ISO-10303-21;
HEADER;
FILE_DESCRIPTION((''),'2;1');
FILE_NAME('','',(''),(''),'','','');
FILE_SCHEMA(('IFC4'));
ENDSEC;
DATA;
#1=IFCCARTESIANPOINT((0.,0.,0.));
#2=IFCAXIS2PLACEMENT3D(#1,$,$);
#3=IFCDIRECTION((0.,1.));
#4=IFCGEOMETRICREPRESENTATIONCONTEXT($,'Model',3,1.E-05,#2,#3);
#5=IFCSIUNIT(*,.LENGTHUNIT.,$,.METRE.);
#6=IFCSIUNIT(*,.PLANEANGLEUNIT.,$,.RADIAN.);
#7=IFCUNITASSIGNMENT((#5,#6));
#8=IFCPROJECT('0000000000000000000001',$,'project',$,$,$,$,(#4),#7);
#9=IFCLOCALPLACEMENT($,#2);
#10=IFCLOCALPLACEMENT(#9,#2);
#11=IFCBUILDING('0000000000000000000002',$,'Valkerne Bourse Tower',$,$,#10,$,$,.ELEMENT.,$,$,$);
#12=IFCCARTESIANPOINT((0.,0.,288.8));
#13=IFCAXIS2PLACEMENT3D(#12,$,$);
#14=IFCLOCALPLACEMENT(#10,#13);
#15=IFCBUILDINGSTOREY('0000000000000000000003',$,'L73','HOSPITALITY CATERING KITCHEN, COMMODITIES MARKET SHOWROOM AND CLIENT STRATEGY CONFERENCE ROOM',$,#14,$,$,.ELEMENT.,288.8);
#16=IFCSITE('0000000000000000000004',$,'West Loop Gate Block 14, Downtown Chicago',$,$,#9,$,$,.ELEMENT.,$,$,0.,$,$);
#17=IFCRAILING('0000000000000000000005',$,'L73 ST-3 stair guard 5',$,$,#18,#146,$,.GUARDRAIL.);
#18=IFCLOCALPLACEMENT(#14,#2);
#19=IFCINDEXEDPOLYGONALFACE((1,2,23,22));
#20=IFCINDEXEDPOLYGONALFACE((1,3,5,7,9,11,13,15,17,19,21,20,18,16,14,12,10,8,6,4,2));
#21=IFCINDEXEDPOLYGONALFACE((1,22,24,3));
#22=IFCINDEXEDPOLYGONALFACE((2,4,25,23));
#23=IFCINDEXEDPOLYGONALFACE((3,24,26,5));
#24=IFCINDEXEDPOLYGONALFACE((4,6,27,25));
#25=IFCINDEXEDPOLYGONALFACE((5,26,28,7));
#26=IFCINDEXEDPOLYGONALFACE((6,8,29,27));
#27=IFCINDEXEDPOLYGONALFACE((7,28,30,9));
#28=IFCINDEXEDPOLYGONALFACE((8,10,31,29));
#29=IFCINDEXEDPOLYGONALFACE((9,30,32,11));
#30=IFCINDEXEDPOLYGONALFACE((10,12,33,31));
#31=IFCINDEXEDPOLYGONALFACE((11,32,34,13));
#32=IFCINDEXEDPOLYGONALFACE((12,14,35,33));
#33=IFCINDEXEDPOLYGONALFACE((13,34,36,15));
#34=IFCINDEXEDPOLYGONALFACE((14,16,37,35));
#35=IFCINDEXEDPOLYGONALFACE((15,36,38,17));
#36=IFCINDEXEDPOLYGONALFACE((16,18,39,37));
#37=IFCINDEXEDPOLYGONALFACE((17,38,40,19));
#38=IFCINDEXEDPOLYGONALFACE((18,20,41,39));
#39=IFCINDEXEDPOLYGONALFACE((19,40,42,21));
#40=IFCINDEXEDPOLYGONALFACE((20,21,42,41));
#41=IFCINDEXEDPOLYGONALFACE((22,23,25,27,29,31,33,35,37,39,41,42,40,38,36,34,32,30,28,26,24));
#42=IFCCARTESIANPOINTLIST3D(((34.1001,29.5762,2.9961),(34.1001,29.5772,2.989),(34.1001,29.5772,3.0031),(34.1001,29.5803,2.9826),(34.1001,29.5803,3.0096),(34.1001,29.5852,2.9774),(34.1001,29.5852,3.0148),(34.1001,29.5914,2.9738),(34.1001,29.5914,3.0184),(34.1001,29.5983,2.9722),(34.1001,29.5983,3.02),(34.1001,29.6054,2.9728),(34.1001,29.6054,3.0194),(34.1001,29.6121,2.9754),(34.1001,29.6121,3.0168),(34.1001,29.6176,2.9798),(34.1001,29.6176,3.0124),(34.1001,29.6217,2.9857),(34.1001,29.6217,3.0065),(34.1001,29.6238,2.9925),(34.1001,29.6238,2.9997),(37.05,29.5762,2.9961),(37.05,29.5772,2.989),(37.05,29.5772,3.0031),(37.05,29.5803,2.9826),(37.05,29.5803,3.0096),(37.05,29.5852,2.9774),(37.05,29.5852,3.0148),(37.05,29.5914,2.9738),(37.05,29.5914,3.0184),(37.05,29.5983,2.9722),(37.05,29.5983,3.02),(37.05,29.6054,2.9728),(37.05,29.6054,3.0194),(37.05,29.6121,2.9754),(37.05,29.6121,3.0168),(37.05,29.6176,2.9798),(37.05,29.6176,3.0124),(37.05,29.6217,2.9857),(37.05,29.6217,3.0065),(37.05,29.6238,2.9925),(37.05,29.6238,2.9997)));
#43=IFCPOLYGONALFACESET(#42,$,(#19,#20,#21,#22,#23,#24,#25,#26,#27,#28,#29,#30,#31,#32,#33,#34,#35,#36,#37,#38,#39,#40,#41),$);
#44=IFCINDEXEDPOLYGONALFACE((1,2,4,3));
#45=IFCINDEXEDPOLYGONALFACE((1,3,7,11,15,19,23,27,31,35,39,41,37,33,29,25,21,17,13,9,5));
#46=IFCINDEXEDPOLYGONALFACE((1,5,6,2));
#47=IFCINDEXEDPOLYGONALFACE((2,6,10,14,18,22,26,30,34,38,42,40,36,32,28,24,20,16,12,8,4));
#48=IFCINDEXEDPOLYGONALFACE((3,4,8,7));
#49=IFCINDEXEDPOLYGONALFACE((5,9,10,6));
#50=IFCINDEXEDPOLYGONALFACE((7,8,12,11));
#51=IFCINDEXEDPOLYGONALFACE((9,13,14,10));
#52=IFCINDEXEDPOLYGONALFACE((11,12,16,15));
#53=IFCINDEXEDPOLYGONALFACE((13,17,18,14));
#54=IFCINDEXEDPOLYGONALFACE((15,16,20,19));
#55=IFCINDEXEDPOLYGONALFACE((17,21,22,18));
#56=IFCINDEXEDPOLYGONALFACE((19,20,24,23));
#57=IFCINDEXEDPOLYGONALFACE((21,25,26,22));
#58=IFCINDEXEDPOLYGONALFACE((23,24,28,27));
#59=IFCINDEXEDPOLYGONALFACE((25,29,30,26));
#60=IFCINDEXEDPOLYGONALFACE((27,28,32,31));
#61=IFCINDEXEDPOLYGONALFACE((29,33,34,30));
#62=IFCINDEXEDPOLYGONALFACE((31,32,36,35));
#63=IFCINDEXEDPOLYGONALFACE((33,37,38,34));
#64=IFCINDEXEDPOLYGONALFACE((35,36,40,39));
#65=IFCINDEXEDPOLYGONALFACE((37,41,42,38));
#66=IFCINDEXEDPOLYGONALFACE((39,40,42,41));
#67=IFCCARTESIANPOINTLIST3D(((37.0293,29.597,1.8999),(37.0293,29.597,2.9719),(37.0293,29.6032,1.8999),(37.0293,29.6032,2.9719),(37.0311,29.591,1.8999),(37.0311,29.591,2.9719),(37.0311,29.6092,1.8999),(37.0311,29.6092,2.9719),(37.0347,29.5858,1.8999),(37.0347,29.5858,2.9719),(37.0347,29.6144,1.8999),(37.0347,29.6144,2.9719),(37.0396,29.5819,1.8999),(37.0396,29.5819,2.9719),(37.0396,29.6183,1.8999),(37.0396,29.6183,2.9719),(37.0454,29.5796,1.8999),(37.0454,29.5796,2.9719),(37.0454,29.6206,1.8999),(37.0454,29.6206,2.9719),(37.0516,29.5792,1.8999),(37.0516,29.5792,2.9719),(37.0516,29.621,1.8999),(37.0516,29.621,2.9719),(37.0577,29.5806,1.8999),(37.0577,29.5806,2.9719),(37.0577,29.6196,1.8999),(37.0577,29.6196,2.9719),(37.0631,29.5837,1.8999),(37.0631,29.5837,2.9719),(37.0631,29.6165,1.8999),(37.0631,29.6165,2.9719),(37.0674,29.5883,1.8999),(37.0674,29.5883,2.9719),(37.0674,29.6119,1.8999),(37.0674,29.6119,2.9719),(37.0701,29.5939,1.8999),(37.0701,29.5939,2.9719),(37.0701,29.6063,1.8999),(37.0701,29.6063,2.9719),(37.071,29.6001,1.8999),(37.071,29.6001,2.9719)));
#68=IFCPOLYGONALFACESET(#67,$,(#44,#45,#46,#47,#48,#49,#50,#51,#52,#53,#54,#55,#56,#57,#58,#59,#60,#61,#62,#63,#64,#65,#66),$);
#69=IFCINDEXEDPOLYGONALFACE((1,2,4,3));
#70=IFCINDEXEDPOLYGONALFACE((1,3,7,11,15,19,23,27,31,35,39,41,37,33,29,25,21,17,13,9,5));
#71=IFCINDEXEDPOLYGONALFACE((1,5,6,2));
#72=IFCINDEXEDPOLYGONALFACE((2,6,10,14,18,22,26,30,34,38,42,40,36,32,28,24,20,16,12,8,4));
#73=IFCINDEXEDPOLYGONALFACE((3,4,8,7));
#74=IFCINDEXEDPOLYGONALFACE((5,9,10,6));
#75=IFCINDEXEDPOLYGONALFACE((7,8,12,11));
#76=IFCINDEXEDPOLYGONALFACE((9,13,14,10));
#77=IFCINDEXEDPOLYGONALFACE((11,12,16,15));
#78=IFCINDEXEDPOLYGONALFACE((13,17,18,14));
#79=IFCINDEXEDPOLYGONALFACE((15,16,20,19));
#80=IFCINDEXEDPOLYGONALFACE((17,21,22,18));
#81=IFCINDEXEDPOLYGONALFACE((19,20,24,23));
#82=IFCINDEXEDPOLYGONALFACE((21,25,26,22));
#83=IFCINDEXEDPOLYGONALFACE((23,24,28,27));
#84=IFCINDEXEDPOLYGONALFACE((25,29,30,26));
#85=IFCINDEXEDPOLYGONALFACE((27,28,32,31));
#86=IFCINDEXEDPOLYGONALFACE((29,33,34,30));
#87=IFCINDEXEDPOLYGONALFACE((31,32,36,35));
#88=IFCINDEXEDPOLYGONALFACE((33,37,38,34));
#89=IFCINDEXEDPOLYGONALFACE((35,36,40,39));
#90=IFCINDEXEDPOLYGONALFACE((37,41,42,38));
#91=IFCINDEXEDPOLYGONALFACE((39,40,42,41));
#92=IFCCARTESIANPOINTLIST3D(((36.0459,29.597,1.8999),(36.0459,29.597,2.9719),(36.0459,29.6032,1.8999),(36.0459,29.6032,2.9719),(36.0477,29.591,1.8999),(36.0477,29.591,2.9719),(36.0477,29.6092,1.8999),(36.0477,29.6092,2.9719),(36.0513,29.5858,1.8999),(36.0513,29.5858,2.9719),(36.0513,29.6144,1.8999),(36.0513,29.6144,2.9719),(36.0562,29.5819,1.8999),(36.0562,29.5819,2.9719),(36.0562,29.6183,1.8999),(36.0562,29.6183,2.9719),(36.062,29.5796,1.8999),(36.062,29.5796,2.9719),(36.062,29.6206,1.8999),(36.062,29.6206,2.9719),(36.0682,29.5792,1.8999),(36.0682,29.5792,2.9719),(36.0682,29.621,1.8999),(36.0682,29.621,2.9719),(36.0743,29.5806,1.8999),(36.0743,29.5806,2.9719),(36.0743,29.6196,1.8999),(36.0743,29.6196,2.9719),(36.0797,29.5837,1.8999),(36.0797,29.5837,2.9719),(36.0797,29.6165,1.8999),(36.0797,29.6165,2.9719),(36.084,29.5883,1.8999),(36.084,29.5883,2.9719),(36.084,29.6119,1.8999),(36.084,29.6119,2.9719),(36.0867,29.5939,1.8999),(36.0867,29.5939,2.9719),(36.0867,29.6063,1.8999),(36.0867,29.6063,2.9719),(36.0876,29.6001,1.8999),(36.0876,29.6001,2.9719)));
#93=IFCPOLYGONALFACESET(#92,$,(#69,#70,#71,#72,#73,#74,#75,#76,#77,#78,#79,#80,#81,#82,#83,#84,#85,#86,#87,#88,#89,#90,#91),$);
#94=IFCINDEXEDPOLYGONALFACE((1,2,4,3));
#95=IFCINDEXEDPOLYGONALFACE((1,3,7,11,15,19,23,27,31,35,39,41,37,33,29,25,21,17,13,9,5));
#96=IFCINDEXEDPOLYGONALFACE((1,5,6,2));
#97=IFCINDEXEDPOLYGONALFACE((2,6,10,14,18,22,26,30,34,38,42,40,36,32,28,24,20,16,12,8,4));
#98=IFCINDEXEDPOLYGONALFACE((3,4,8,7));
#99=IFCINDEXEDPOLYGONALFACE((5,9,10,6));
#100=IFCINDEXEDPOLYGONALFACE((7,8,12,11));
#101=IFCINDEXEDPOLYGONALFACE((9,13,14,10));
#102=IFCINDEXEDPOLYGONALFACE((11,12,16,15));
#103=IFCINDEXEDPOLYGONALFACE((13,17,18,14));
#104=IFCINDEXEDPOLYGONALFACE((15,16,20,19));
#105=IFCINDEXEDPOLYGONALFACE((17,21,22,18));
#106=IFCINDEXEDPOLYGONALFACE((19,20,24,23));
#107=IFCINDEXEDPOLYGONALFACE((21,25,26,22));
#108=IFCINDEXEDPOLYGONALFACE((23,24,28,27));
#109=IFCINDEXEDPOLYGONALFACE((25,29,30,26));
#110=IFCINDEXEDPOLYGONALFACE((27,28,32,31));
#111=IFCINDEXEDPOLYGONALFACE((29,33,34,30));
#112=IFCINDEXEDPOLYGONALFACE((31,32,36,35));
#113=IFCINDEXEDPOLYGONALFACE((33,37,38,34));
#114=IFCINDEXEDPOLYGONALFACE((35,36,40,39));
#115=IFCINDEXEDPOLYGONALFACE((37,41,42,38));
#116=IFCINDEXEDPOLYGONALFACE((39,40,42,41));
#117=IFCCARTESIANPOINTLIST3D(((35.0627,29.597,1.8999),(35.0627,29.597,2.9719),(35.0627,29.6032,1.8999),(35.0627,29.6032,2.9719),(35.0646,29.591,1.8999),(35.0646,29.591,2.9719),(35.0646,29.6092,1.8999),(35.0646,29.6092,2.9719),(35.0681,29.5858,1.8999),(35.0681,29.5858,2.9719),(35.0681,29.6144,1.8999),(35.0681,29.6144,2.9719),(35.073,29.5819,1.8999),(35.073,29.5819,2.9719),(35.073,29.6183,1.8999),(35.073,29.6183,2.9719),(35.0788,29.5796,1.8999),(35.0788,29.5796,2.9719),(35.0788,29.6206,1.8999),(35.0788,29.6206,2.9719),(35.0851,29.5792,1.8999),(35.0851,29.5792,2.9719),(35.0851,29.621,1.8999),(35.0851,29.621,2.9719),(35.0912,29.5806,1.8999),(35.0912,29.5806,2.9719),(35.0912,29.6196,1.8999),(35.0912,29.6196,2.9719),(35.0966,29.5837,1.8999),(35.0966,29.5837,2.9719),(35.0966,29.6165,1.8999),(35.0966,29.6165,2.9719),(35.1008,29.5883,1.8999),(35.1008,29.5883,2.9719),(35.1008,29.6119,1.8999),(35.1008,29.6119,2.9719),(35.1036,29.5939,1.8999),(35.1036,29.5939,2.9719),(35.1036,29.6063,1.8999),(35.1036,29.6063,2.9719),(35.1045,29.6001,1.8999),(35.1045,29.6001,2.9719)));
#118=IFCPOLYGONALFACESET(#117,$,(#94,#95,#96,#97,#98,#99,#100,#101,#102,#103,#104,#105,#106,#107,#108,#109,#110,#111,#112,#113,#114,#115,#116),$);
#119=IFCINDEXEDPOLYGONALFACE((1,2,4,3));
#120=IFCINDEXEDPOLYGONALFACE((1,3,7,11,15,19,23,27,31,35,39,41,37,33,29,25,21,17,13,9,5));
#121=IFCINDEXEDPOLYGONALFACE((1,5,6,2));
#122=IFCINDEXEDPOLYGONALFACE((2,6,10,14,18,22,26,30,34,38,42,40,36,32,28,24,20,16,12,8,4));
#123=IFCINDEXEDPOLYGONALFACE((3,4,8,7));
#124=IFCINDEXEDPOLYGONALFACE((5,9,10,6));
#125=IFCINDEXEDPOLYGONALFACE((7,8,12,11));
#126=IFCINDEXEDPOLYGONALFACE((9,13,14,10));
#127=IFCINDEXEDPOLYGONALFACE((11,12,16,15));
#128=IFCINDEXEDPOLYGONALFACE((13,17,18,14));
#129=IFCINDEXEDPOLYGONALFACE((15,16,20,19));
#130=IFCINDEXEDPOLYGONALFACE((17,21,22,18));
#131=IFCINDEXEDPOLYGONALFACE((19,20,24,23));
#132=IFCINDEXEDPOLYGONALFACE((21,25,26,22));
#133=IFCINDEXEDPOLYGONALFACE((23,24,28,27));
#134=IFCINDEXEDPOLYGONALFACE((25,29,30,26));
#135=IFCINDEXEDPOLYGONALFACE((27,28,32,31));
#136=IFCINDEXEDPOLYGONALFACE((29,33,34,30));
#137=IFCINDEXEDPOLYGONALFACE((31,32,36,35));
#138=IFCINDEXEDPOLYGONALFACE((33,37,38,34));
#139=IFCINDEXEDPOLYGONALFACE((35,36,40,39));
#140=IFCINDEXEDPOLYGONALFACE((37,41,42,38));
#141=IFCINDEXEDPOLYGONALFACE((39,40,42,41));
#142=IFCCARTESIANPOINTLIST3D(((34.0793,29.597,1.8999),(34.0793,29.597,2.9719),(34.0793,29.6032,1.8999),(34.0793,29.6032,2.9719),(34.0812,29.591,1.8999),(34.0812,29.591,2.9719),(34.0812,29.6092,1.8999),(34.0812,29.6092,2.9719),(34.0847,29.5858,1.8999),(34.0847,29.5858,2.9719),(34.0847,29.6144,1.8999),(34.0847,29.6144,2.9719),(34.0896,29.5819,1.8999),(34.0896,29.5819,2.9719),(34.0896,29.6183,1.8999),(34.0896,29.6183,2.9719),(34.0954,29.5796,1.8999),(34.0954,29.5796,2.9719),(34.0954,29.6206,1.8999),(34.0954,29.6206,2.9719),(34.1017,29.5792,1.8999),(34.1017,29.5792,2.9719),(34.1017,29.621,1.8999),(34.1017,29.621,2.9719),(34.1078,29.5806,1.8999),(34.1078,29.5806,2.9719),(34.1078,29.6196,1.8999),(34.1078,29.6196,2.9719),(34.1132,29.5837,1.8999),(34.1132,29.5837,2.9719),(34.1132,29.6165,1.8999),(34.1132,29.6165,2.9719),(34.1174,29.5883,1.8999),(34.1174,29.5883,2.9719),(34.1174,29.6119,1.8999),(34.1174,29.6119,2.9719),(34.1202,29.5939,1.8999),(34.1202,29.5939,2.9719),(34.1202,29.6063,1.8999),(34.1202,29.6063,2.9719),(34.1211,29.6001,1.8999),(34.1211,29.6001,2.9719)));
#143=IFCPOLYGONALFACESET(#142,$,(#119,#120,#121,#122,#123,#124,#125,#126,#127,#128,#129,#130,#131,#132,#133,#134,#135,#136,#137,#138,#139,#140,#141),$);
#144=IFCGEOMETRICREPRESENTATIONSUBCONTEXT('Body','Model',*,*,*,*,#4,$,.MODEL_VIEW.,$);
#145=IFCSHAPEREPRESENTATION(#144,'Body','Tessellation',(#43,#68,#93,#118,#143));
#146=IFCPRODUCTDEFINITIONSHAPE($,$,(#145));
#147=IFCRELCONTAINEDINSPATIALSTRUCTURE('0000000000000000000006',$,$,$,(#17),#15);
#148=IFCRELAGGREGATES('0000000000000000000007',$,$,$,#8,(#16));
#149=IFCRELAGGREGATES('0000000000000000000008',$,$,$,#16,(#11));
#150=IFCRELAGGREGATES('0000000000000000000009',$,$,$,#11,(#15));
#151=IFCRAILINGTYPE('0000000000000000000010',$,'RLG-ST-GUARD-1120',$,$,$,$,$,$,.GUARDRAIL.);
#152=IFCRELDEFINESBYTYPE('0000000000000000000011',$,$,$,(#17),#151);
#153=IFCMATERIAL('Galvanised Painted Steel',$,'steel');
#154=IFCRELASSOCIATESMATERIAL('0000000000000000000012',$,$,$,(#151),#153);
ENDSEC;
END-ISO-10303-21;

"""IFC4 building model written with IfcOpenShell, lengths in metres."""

from ifc_helpers import new_model, si_unit, direction, frame, origin, origin_2d, place, context, subcontext, project, spatial, circle, extrude, material, type_object, element, save


model = new_model("IFC4")

# Units and contexts
model_context = context("Model", 3, precision=1e-05, world=origin(), true_north=direction((0.0, 1.0)))
body_context = subcontext(model_context, "Body", "Model", "MODEL_VIEW")
ifc_project = project(units=[si_unit("LENGTHUNIT", "METRE"), si_unit("PLANEANGLEUNIT", "RADIAN")], contexts=[model_context])

# Site, building, storey
site_placement = place(None, origin())
site = spatial("IfcSite", under=ifc_project, at=site_placement, Name="West Loop Gate Block 14, Downtown Chicago", CompositionType="ELEMENT", RefElevation=0.0)
building_placement = place(site_placement, origin())
building = spatial("IfcBuilding", under=site, at=building_placement, Name="Valkerne Bourse Tower", CompositionType="ELEMENT")
storey_placement = place(building_placement, frame((0.0, 0.0, 288.8)))
storey = spatial("IfcBuildingStorey", under=building, at=storey_placement, Name="L73", Description="HOSPITALITY CATERING KITCHEN, COMMODITIES MARKET SHOWROOM AND CLIENT STRATEGY CONFERENCE ROOM", CompositionType="ELEMENT", Elevation=288.8)

# Railing
ifc_material_1 = material(Name="Galvanised Painted Steel", Category="steel")
railing_type_1 = type_object("IfcRailingType", Name="RLG-ST-GUARD-1120", PredefinedType="GUARDRAIL", material=ifc_material_1)
railing_1_placement = place(storey_placement, frame((37.05, 29.6001, 1.8999)))
element("IfcRailing", 1, at=railing_1_placement, inside=storey, type_object=railing_type_1, Name="L73 ST-3 stair guard 5", PredefinedType="GUARDRAIL", context=body_context, shape_type="SweptSolid", body=[
    extrude(circle(Radius=0.0239, at=origin_2d()), frame((0.0, 0.0, 1.0962), z_axis=(-1.0, 0.0, 0.0), x_axis=(0.0, -1.0, 0.0)), (0.0, 0.0, 1.0), 2.95),
    extrude(circle(Radius=0.021, at=origin_2d()), origin(), (0.0, 0.0, 1.0), 1.072),
    extrude(circle(Radius=0.021, at=origin_2d()), frame((-0.9834, 0.0, 0.0)), (0.0, 0.0, 1.0), 1.072),
    extrude(circle(Radius=0.021, at=origin_2d()), frame((-1.9666, 0.0, 0.0)), (0.0, 0.0, 1.0), 1.072),
    extrude(circle(Radius=0.021, at=origin_2d()), frame((-2.95, 0.0, 0.0)), (0.0, 0.0, 1.0), 1.072),
])

save(model, "model.ifc")
